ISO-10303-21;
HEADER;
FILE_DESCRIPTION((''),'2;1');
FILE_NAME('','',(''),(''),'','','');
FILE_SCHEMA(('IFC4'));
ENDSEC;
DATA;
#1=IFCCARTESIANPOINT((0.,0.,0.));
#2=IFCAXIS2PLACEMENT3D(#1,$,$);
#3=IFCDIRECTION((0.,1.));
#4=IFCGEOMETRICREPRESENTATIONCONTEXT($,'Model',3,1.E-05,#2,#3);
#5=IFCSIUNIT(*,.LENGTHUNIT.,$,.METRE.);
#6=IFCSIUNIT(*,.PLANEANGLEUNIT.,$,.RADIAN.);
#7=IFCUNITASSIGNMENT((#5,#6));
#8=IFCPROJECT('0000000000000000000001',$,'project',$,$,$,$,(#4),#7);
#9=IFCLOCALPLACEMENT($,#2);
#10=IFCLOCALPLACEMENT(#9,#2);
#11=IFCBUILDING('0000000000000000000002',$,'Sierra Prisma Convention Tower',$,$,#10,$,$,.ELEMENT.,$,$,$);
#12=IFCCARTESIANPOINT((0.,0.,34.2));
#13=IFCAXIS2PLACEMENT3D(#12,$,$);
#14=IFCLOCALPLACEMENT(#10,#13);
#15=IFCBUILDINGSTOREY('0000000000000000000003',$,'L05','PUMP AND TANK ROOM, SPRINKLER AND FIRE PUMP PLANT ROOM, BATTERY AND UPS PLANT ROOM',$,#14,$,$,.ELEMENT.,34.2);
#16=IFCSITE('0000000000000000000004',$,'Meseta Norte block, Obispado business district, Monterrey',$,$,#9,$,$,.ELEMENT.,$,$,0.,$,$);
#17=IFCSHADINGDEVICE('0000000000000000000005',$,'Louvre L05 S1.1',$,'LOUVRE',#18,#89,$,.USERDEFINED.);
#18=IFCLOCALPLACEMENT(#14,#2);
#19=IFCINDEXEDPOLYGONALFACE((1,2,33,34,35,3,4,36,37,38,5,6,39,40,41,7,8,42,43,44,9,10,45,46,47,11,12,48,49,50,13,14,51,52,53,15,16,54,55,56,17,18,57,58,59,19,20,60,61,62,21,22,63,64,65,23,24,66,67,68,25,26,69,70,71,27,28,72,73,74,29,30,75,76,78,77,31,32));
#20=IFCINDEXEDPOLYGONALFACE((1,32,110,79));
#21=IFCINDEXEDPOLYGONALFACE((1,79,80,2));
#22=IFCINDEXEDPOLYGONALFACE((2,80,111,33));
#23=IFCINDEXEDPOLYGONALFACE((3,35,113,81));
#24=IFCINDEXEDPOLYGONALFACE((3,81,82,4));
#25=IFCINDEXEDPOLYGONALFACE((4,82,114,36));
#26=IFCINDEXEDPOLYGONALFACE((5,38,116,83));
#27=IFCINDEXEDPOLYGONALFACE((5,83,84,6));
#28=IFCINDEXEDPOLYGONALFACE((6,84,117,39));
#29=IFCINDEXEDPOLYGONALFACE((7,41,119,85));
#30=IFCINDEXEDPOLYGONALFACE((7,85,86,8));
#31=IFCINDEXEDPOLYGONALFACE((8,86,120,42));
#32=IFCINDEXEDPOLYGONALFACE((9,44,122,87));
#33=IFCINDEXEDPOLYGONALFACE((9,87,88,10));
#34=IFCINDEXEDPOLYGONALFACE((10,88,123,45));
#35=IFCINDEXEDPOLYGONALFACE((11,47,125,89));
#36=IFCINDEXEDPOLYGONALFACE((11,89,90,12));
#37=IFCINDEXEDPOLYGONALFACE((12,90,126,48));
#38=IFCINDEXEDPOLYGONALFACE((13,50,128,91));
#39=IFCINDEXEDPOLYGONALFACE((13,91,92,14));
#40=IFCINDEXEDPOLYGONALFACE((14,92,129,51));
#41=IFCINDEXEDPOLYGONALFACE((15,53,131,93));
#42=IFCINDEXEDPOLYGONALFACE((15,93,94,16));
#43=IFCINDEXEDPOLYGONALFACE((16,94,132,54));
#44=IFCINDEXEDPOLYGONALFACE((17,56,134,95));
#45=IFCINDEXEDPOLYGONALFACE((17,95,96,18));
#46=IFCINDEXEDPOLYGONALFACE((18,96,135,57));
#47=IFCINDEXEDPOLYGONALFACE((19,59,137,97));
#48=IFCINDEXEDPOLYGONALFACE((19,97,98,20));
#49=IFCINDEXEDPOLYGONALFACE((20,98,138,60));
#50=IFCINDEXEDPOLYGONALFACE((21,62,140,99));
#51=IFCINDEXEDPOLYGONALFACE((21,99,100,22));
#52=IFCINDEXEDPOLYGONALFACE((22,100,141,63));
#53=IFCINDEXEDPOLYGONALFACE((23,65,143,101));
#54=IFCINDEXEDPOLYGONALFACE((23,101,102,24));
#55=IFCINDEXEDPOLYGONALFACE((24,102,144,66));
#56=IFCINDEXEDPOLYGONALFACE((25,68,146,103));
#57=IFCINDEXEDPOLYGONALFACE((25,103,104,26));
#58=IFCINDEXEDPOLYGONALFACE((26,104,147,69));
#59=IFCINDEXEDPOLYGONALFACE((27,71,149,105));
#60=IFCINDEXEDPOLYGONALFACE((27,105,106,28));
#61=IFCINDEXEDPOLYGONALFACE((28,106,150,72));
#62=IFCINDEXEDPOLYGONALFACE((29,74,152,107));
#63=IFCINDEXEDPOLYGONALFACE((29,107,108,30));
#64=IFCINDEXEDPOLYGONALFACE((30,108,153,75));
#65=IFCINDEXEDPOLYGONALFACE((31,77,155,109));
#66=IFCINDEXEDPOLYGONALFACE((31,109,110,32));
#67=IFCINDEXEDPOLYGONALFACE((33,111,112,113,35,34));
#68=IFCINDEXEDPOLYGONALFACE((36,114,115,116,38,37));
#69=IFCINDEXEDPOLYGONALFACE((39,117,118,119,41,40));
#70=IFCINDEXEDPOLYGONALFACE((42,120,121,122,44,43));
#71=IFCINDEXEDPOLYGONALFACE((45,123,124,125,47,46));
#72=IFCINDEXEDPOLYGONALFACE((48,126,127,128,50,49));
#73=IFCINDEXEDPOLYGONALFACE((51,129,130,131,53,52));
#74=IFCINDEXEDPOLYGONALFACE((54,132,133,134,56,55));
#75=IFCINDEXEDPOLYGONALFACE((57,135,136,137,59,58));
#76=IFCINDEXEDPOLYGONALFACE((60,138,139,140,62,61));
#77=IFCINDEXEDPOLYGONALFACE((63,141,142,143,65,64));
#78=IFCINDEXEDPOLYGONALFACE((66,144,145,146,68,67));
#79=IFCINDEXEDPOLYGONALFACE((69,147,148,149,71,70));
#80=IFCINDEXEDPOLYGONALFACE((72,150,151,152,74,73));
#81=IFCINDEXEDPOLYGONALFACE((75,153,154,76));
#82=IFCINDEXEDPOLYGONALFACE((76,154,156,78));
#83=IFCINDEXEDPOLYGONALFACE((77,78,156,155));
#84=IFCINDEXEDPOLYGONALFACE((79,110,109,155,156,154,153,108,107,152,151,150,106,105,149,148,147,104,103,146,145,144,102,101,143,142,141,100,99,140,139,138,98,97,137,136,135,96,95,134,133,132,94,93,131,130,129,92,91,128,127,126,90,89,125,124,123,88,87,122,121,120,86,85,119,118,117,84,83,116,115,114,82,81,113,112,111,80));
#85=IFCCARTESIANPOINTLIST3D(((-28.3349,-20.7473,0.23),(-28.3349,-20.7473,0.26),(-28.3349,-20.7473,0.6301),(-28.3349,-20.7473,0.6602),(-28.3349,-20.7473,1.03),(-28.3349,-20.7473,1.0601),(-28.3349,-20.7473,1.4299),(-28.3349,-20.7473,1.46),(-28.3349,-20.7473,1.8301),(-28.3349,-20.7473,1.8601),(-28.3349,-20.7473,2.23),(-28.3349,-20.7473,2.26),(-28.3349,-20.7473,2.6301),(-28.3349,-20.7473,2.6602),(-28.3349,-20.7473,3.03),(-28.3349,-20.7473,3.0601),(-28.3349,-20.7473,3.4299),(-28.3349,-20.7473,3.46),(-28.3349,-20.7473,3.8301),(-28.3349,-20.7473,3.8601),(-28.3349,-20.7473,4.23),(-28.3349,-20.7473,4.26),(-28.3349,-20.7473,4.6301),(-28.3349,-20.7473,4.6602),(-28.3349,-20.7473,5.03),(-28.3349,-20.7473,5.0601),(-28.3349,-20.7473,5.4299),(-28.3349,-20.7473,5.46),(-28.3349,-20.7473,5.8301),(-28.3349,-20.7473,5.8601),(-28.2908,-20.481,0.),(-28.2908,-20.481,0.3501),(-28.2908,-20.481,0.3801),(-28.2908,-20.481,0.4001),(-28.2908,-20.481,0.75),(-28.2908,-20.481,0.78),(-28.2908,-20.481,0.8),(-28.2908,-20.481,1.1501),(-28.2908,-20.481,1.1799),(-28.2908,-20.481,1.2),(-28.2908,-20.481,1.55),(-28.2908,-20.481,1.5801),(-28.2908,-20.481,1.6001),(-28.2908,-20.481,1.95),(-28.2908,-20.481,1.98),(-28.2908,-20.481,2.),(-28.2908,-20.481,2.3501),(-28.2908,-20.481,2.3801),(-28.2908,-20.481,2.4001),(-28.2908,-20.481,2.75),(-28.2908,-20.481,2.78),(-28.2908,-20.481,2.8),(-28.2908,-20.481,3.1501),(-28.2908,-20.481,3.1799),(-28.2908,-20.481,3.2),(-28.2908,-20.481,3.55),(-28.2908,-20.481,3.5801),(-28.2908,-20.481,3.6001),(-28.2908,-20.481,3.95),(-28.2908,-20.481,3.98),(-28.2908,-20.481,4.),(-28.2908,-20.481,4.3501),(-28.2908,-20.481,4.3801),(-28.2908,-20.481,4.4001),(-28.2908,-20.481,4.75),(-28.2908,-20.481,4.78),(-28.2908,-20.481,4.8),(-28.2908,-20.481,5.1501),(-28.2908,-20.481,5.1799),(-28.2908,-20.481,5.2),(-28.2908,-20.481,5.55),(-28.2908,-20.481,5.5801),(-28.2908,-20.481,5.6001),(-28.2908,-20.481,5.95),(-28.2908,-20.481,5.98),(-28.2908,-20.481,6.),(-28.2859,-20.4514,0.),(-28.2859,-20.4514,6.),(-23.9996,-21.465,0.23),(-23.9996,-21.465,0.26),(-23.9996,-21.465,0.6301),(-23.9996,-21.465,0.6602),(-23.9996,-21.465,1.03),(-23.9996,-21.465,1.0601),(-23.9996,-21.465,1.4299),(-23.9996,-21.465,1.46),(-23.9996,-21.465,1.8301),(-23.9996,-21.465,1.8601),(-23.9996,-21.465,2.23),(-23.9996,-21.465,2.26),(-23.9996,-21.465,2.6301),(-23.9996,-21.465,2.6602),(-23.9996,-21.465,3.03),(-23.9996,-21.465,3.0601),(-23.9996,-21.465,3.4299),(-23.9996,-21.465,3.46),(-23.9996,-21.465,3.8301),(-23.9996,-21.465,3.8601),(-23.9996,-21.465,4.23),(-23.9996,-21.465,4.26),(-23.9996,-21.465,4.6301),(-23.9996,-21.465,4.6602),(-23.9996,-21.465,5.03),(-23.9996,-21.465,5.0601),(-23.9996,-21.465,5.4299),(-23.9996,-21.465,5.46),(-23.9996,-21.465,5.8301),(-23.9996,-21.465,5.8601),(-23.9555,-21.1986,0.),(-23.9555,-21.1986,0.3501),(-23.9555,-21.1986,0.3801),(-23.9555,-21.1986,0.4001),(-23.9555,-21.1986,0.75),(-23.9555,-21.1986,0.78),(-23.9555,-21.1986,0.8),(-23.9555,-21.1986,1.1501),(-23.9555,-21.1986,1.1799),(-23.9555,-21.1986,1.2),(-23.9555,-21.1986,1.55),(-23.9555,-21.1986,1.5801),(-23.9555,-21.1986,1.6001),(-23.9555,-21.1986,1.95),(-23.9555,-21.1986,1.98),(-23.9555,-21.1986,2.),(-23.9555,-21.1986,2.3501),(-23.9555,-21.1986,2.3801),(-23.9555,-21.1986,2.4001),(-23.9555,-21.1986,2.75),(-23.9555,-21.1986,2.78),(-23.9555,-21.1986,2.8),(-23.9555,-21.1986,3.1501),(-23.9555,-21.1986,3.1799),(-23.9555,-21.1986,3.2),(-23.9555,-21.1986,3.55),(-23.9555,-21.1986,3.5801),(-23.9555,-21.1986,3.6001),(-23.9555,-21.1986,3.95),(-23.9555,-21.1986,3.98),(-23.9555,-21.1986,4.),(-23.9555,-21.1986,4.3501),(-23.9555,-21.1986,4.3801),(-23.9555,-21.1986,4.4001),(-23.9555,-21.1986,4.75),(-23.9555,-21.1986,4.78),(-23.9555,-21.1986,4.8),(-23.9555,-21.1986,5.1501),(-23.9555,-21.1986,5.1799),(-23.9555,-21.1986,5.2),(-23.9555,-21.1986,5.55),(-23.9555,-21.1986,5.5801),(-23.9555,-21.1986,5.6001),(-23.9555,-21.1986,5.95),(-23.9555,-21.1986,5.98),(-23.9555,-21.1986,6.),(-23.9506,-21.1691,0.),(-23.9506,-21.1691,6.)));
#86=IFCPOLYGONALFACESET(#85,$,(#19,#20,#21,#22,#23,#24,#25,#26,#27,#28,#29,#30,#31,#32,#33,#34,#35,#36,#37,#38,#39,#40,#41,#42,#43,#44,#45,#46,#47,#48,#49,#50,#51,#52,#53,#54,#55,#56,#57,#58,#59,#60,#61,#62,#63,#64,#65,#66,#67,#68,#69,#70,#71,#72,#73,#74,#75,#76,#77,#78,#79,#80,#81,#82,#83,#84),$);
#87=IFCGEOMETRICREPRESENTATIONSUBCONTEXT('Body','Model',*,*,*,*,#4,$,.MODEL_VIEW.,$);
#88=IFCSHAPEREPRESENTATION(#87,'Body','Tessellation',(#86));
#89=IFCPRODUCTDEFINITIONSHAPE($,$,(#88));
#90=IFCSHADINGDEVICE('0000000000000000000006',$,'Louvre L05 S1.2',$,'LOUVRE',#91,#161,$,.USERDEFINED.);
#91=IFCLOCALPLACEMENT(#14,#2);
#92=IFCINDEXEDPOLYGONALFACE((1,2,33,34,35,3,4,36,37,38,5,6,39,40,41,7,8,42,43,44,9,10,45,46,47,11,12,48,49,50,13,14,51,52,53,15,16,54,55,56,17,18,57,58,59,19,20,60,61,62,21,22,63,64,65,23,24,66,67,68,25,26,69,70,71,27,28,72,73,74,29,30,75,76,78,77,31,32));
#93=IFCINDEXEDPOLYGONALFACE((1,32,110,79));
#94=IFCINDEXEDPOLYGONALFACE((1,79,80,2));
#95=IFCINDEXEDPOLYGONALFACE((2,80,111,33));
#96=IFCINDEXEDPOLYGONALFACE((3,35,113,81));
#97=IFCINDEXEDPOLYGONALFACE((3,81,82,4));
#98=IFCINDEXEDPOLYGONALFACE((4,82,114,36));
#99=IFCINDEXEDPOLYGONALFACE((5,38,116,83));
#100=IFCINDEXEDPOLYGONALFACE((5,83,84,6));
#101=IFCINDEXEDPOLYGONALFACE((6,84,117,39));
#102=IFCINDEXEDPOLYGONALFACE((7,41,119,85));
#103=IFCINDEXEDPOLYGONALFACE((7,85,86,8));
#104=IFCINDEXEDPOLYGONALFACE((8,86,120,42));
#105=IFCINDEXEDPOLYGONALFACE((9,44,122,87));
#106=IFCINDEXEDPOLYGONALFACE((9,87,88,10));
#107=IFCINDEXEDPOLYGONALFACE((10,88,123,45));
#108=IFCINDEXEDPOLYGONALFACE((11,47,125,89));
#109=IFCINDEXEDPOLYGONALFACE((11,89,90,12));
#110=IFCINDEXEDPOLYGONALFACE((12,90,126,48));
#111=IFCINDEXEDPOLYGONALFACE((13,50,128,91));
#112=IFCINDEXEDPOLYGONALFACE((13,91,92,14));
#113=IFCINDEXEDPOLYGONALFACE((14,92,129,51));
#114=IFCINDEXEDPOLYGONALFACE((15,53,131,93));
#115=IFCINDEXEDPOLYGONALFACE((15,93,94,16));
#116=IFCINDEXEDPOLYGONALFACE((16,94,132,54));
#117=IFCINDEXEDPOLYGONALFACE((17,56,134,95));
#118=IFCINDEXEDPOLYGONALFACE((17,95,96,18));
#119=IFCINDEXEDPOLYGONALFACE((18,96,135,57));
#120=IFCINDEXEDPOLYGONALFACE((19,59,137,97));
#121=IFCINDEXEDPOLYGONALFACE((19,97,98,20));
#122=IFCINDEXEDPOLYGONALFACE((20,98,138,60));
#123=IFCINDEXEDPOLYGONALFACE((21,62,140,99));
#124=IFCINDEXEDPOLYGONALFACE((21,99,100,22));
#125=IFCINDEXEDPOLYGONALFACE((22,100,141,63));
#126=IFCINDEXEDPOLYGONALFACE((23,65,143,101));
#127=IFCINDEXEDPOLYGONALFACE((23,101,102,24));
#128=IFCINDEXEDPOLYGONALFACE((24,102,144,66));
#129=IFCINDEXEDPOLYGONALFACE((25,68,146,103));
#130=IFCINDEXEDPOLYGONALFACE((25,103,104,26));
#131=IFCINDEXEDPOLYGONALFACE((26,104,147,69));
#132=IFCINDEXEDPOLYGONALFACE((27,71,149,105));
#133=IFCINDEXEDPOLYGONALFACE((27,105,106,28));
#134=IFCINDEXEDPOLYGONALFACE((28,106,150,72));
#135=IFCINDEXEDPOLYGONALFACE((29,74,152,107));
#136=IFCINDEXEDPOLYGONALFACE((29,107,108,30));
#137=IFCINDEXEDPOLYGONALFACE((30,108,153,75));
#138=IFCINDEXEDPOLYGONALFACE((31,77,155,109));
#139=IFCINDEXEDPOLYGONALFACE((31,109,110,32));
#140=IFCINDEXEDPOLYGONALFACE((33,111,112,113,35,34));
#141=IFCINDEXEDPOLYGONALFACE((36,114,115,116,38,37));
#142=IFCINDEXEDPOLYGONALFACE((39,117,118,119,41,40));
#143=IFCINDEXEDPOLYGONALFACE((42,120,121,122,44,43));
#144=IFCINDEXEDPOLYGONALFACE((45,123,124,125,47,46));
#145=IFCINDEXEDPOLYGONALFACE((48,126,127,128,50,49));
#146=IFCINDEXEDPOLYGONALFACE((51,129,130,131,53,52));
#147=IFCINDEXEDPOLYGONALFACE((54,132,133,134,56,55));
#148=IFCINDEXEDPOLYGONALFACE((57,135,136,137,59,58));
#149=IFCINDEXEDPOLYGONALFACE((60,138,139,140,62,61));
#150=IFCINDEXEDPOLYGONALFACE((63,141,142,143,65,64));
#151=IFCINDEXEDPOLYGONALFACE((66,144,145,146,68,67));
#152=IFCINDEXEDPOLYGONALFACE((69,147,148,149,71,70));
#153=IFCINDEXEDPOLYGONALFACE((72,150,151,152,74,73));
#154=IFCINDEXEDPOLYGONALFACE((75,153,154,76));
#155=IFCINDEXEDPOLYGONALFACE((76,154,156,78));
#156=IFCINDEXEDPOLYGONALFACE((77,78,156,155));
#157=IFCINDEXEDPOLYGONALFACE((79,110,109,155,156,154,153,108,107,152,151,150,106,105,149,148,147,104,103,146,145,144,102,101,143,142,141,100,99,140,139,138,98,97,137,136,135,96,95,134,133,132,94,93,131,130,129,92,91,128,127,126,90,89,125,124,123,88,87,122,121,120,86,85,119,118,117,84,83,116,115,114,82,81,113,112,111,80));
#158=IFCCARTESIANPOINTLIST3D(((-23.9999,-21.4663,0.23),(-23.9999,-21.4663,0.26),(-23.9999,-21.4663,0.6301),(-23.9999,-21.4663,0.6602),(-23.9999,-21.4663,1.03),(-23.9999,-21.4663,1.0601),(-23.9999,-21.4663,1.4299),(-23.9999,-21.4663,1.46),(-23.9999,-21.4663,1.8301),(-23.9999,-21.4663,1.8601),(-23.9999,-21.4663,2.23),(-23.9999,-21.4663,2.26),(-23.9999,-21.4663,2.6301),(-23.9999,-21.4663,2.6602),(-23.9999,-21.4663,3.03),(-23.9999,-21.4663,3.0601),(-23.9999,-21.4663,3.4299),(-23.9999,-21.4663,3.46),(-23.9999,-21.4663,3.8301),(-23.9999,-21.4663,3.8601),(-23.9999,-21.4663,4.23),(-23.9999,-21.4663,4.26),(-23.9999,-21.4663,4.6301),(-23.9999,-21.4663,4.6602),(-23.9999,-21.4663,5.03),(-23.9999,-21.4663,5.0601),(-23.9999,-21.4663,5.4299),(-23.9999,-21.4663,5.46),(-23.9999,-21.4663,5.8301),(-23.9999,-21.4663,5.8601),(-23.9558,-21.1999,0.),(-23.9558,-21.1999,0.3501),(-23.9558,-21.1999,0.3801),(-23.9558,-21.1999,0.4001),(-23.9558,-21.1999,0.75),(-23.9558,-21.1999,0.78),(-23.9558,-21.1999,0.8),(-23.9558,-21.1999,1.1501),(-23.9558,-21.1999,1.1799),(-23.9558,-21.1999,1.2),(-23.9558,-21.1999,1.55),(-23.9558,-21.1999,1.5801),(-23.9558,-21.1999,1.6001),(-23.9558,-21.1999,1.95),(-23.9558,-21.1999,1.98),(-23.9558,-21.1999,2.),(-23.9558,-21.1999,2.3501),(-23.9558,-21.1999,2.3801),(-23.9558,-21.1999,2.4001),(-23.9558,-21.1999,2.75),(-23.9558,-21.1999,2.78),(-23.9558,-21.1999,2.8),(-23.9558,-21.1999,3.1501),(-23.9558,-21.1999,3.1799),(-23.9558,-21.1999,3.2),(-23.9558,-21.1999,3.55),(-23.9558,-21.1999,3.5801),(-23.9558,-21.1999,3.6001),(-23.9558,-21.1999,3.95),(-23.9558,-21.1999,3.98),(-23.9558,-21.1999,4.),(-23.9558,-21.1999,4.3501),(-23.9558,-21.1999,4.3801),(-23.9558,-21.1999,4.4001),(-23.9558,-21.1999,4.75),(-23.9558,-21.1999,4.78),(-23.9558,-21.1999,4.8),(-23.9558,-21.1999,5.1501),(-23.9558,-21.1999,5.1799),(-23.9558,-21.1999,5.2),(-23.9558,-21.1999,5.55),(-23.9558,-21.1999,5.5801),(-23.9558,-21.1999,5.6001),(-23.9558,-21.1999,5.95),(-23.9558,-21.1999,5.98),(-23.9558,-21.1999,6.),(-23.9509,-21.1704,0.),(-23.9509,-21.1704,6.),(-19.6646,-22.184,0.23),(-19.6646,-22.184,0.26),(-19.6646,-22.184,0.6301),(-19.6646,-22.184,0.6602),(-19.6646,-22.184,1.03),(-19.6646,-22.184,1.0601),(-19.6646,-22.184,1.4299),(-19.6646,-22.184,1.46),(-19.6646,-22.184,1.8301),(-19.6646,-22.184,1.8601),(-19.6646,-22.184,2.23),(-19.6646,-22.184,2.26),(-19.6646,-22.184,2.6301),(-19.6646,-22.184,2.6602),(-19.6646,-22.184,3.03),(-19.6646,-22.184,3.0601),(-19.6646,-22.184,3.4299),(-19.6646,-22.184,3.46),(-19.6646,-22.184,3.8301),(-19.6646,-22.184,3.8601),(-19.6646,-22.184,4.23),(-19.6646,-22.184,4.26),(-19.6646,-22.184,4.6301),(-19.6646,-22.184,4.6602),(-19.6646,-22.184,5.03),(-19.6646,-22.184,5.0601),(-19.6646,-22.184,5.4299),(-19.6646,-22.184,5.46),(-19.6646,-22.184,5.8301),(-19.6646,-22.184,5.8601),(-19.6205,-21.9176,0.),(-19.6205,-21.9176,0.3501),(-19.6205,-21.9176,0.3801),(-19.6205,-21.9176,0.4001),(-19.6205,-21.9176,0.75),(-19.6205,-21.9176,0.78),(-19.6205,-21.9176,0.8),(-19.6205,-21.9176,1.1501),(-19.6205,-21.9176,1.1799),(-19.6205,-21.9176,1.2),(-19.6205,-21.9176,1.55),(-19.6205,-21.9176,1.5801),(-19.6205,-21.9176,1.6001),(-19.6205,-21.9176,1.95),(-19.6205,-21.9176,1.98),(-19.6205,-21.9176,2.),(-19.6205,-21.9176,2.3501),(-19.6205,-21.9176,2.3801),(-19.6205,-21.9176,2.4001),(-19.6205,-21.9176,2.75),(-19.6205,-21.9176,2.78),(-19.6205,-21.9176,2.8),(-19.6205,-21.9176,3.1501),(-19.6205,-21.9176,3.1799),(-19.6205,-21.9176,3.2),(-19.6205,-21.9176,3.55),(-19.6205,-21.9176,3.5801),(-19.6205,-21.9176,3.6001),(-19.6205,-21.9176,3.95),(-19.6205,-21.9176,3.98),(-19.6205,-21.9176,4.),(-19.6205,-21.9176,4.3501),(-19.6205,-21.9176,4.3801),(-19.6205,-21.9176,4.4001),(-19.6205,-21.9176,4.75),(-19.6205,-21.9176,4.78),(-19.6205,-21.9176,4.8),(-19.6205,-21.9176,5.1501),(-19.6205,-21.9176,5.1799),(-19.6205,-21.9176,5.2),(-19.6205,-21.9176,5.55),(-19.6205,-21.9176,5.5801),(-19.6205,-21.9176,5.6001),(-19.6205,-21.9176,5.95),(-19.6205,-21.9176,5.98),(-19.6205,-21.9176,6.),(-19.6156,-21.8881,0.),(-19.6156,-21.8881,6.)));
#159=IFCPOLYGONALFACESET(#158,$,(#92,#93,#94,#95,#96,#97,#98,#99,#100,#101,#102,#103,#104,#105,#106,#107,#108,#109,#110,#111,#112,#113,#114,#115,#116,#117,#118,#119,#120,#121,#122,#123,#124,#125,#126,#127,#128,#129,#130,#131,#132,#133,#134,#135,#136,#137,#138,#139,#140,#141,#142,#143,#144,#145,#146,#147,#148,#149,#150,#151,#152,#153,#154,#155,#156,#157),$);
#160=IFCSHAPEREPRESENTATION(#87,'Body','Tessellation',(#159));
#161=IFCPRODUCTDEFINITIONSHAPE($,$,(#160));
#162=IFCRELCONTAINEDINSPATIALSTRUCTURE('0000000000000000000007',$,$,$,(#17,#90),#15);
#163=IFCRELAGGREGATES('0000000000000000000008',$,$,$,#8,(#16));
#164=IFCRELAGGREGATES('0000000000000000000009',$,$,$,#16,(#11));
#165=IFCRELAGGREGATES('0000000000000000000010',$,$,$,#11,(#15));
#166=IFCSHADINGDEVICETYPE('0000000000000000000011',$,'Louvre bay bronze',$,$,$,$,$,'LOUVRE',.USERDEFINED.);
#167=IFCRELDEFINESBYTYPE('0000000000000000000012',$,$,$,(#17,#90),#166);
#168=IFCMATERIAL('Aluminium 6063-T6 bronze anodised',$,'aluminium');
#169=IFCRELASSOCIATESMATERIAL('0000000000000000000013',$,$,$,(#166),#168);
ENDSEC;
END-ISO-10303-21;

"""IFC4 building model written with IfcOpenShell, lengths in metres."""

from ifc_helpers import new_model, si_unit, direction, frame, origin, place, context, subcontext, project, spatial, polyline, outline, extrude, material, type_object, element, save


model = new_model("IFC4")

# Units and contexts
model_context = context("Model", 3, precision=1e-05, world=origin(), true_north=direction((0.0, 1.0)))
body_context = subcontext(model_context, "Body", "Model", "MODEL_VIEW")
ifc_project = project(units=[si_unit("LENGTHUNIT", "METRE"), si_unit("PLANEANGLEUNIT", "RADIAN")], contexts=[model_context])

# Site, building, storey
site_placement = place(None, origin())
site = spatial("IfcSite", under=ifc_project, at=site_placement, Name="Meseta Norte block, Obispado business district, Monterrey", CompositionType="ELEMENT", RefElevation=0.0)
building_placement = place(site_placement, origin())
building = spatial("IfcBuilding", under=site, at=building_placement, Name="Sierra Prisma Convention Tower", CompositionType="ELEMENT")
storey_placement = place(building_placement, frame((0.0, 0.0, 34.2)))
storey = spatial("IfcBuildingStorey", under=building, at=storey_placement, Name="L05", Description="PUMP AND TANK ROOM, SPRINKLER AND FIRE PUMP PLANT ROOM, BATTERY AND UPS PLANT ROOM", CompositionType="ELEMENT", Elevation=34.2)

# Shading devices
ifc_material_1 = material(Name="Aluminium 6063-T6 bronze anodised", Category="aluminium")
shading_device_type = type_object("IfcShadingDeviceType", Name="Louvre bay bronze", ElementType="LOUVRE", PredefinedType="USERDEFINED", material=ifc_material_1)
shading_device_1_placement = place(storey_placement, frame((-28.2859, -20.4514, 0.0), z_axis=(-0.986574, 0.163314, 0.0), x_axis=(0.0, 0.0, 1.0)))
element("IfcShadingDevice", 1, at=shading_device_1_placement, inside=storey, type_object=shading_device_type, Name="Louvre L05 S1.1", ObjectType="LOUVRE", PredefinedType="USERDEFINED", context=body_context, shape_type="SweptSolid", body=[
    extrude(outline(polyline([(0.0, 0.0), (6.0, 0.0), (6.0, -0.0299), (5.98, -0.0299), (5.8601, -0.2999), (5.8301, -0.2999), (5.95, -0.0299), (5.6001, -0.0299), (5.5801, -0.0299), (5.46, -0.2999), (5.4299, -0.2999), (5.55, -0.0299), (5.2, -0.0299), (5.1799, -0.0299), (5.0601, -0.2999), (5.03, -0.2999), (5.1501, -0.0299), (4.8, -0.0299), (4.78, -0.0299), (4.6602, -0.2999), (4.6301, -0.2999), (4.75, -0.0299), (4.4001, -0.0299), (4.3801, -0.0299), (4.26, -0.2999), (4.23, -0.2999), (4.3501, -0.0299), (4.0, -0.0299), (3.98, -0.0299), (3.8601, -0.2999), (3.8301, -0.2999), (3.95, -0.0299), (3.6001, -0.0299), (3.5801, -0.0299), (3.46, -0.2999), (3.4299, -0.2999), (3.55, -0.0299), (3.2, -0.0299), (3.1799, -0.0299), (3.0601, -0.2999), (3.03, -0.2999), (3.1501, -0.0299), (2.8, -0.0299), (2.78, -0.0299), (2.6602, -0.2999), (2.6301, -0.2999), (2.75, -0.0299), (2.4001, -0.0299), (2.3801, -0.0299), (2.26, -0.2999), (2.23, -0.2999), (2.3501, -0.0299), (2.0, -0.0299), (1.98, -0.0299), (1.8601, -0.2999), (1.8301, -0.2999), (1.95, -0.0299), (1.6001, -0.0299), (1.5801, -0.0299), (1.46, -0.2999), (1.4299, -0.2999), (1.55, -0.0299), (1.2, -0.0299), (1.1799, -0.0299), (1.0601, -0.2999), (1.03, -0.2999), (1.1501, -0.0299), (0.8, -0.0299), (0.78, -0.0299), (0.6602, -0.2999), (0.6301, -0.2999), (0.75, -0.0299), (0.4001, -0.0299), (0.3801, -0.0299), (0.26, -0.2999), (0.23, -0.2999), (0.3501, -0.0299), (0.0, -0.0299), (0.0, 0.0)])), origin(), (0.0, 0.0, -1.0), 4.3943),
])
shading_device_2_placement = place(storey_placement, frame((-23.9509, -21.1704, 0.0), z_axis=(-0.986574, 0.163314, 0.0), x_axis=(0.0, 0.0, 1.0)))
element("IfcShadingDevice", 2, at=shading_device_2_placement, inside=storey, type_object=shading_device_type, Name="Louvre L05 S1.2", ObjectType="LOUVRE", PredefinedType="USERDEFINED", context=body_context, shape_type="SweptSolid", body=[
    extrude(outline(polyline([(0.0, 0.0), (6.0, 0.0), (6.0, -0.0299), (5.98, -0.0299), (5.8601, -0.2999), (5.8301, -0.2999), (5.95, -0.0299), (5.6001, -0.0299), (5.5801, -0.0299), (5.46, -0.2999), (5.4299, -0.2999), (5.55, -0.0299), (5.2, -0.0299), (5.1799, -0.0299), (5.0601, -0.2999), (5.03, -0.2999), (5.1501, -0.0299), (4.8, -0.0299), (4.78, -0.0299), (4.6602, -0.2999), (4.6301, -0.2999), (4.75, -0.0299), (4.4001, -0.0299), (4.3801, -0.0299), (4.26, -0.2999), (4.23, -0.2999), (4.3501, -0.0299), (4.0, -0.0299), (3.98, -0.0299), (3.8601, -0.2999), (3.8301, -0.2999), (3.95, -0.0299), (3.6001, -0.0299), (3.5801, -0.0299), (3.46, -0.2999), (3.4299, -0.2999), (3.55, -0.0299), (3.2, -0.0299), (3.1799, -0.0299), (3.0601, -0.2999), (3.03, -0.2999), (3.1501, -0.0299), (2.8, -0.0299), (2.78, -0.0299), (2.6602, -0.2999), (2.6301, -0.2999), (2.75, -0.0299), (2.4001, -0.0299), (2.3801, -0.0299), (2.26, -0.2999), (2.23, -0.2999), (2.3501, -0.0299), (2.0, -0.0299), (1.98, -0.0299), (1.8601, -0.2999), (1.8301, -0.2999), (1.95, -0.0299), (1.6001, -0.0299), (1.5801, -0.0299), (1.46, -0.2999), (1.4299, -0.2999), (1.55, -0.0299), (1.2, -0.0299), (1.1799, -0.0299), (1.0601, -0.2999), (1.03, -0.2999), (1.1501, -0.0299), (0.8, -0.0299), (0.78, -0.0299), (0.6602, -0.2999), (0.6301, -0.2999), (0.75, -0.0299), (0.4001, -0.0299), (0.3801, -0.0299), (0.26, -0.2999), (0.23, -0.2999), (0.3501, -0.0299), (0.0, -0.0299), (0.0, 0.0)])), origin(), (0.0, 0.0, -1.0), 4.3943),
])

save(model, "model.ifc")
